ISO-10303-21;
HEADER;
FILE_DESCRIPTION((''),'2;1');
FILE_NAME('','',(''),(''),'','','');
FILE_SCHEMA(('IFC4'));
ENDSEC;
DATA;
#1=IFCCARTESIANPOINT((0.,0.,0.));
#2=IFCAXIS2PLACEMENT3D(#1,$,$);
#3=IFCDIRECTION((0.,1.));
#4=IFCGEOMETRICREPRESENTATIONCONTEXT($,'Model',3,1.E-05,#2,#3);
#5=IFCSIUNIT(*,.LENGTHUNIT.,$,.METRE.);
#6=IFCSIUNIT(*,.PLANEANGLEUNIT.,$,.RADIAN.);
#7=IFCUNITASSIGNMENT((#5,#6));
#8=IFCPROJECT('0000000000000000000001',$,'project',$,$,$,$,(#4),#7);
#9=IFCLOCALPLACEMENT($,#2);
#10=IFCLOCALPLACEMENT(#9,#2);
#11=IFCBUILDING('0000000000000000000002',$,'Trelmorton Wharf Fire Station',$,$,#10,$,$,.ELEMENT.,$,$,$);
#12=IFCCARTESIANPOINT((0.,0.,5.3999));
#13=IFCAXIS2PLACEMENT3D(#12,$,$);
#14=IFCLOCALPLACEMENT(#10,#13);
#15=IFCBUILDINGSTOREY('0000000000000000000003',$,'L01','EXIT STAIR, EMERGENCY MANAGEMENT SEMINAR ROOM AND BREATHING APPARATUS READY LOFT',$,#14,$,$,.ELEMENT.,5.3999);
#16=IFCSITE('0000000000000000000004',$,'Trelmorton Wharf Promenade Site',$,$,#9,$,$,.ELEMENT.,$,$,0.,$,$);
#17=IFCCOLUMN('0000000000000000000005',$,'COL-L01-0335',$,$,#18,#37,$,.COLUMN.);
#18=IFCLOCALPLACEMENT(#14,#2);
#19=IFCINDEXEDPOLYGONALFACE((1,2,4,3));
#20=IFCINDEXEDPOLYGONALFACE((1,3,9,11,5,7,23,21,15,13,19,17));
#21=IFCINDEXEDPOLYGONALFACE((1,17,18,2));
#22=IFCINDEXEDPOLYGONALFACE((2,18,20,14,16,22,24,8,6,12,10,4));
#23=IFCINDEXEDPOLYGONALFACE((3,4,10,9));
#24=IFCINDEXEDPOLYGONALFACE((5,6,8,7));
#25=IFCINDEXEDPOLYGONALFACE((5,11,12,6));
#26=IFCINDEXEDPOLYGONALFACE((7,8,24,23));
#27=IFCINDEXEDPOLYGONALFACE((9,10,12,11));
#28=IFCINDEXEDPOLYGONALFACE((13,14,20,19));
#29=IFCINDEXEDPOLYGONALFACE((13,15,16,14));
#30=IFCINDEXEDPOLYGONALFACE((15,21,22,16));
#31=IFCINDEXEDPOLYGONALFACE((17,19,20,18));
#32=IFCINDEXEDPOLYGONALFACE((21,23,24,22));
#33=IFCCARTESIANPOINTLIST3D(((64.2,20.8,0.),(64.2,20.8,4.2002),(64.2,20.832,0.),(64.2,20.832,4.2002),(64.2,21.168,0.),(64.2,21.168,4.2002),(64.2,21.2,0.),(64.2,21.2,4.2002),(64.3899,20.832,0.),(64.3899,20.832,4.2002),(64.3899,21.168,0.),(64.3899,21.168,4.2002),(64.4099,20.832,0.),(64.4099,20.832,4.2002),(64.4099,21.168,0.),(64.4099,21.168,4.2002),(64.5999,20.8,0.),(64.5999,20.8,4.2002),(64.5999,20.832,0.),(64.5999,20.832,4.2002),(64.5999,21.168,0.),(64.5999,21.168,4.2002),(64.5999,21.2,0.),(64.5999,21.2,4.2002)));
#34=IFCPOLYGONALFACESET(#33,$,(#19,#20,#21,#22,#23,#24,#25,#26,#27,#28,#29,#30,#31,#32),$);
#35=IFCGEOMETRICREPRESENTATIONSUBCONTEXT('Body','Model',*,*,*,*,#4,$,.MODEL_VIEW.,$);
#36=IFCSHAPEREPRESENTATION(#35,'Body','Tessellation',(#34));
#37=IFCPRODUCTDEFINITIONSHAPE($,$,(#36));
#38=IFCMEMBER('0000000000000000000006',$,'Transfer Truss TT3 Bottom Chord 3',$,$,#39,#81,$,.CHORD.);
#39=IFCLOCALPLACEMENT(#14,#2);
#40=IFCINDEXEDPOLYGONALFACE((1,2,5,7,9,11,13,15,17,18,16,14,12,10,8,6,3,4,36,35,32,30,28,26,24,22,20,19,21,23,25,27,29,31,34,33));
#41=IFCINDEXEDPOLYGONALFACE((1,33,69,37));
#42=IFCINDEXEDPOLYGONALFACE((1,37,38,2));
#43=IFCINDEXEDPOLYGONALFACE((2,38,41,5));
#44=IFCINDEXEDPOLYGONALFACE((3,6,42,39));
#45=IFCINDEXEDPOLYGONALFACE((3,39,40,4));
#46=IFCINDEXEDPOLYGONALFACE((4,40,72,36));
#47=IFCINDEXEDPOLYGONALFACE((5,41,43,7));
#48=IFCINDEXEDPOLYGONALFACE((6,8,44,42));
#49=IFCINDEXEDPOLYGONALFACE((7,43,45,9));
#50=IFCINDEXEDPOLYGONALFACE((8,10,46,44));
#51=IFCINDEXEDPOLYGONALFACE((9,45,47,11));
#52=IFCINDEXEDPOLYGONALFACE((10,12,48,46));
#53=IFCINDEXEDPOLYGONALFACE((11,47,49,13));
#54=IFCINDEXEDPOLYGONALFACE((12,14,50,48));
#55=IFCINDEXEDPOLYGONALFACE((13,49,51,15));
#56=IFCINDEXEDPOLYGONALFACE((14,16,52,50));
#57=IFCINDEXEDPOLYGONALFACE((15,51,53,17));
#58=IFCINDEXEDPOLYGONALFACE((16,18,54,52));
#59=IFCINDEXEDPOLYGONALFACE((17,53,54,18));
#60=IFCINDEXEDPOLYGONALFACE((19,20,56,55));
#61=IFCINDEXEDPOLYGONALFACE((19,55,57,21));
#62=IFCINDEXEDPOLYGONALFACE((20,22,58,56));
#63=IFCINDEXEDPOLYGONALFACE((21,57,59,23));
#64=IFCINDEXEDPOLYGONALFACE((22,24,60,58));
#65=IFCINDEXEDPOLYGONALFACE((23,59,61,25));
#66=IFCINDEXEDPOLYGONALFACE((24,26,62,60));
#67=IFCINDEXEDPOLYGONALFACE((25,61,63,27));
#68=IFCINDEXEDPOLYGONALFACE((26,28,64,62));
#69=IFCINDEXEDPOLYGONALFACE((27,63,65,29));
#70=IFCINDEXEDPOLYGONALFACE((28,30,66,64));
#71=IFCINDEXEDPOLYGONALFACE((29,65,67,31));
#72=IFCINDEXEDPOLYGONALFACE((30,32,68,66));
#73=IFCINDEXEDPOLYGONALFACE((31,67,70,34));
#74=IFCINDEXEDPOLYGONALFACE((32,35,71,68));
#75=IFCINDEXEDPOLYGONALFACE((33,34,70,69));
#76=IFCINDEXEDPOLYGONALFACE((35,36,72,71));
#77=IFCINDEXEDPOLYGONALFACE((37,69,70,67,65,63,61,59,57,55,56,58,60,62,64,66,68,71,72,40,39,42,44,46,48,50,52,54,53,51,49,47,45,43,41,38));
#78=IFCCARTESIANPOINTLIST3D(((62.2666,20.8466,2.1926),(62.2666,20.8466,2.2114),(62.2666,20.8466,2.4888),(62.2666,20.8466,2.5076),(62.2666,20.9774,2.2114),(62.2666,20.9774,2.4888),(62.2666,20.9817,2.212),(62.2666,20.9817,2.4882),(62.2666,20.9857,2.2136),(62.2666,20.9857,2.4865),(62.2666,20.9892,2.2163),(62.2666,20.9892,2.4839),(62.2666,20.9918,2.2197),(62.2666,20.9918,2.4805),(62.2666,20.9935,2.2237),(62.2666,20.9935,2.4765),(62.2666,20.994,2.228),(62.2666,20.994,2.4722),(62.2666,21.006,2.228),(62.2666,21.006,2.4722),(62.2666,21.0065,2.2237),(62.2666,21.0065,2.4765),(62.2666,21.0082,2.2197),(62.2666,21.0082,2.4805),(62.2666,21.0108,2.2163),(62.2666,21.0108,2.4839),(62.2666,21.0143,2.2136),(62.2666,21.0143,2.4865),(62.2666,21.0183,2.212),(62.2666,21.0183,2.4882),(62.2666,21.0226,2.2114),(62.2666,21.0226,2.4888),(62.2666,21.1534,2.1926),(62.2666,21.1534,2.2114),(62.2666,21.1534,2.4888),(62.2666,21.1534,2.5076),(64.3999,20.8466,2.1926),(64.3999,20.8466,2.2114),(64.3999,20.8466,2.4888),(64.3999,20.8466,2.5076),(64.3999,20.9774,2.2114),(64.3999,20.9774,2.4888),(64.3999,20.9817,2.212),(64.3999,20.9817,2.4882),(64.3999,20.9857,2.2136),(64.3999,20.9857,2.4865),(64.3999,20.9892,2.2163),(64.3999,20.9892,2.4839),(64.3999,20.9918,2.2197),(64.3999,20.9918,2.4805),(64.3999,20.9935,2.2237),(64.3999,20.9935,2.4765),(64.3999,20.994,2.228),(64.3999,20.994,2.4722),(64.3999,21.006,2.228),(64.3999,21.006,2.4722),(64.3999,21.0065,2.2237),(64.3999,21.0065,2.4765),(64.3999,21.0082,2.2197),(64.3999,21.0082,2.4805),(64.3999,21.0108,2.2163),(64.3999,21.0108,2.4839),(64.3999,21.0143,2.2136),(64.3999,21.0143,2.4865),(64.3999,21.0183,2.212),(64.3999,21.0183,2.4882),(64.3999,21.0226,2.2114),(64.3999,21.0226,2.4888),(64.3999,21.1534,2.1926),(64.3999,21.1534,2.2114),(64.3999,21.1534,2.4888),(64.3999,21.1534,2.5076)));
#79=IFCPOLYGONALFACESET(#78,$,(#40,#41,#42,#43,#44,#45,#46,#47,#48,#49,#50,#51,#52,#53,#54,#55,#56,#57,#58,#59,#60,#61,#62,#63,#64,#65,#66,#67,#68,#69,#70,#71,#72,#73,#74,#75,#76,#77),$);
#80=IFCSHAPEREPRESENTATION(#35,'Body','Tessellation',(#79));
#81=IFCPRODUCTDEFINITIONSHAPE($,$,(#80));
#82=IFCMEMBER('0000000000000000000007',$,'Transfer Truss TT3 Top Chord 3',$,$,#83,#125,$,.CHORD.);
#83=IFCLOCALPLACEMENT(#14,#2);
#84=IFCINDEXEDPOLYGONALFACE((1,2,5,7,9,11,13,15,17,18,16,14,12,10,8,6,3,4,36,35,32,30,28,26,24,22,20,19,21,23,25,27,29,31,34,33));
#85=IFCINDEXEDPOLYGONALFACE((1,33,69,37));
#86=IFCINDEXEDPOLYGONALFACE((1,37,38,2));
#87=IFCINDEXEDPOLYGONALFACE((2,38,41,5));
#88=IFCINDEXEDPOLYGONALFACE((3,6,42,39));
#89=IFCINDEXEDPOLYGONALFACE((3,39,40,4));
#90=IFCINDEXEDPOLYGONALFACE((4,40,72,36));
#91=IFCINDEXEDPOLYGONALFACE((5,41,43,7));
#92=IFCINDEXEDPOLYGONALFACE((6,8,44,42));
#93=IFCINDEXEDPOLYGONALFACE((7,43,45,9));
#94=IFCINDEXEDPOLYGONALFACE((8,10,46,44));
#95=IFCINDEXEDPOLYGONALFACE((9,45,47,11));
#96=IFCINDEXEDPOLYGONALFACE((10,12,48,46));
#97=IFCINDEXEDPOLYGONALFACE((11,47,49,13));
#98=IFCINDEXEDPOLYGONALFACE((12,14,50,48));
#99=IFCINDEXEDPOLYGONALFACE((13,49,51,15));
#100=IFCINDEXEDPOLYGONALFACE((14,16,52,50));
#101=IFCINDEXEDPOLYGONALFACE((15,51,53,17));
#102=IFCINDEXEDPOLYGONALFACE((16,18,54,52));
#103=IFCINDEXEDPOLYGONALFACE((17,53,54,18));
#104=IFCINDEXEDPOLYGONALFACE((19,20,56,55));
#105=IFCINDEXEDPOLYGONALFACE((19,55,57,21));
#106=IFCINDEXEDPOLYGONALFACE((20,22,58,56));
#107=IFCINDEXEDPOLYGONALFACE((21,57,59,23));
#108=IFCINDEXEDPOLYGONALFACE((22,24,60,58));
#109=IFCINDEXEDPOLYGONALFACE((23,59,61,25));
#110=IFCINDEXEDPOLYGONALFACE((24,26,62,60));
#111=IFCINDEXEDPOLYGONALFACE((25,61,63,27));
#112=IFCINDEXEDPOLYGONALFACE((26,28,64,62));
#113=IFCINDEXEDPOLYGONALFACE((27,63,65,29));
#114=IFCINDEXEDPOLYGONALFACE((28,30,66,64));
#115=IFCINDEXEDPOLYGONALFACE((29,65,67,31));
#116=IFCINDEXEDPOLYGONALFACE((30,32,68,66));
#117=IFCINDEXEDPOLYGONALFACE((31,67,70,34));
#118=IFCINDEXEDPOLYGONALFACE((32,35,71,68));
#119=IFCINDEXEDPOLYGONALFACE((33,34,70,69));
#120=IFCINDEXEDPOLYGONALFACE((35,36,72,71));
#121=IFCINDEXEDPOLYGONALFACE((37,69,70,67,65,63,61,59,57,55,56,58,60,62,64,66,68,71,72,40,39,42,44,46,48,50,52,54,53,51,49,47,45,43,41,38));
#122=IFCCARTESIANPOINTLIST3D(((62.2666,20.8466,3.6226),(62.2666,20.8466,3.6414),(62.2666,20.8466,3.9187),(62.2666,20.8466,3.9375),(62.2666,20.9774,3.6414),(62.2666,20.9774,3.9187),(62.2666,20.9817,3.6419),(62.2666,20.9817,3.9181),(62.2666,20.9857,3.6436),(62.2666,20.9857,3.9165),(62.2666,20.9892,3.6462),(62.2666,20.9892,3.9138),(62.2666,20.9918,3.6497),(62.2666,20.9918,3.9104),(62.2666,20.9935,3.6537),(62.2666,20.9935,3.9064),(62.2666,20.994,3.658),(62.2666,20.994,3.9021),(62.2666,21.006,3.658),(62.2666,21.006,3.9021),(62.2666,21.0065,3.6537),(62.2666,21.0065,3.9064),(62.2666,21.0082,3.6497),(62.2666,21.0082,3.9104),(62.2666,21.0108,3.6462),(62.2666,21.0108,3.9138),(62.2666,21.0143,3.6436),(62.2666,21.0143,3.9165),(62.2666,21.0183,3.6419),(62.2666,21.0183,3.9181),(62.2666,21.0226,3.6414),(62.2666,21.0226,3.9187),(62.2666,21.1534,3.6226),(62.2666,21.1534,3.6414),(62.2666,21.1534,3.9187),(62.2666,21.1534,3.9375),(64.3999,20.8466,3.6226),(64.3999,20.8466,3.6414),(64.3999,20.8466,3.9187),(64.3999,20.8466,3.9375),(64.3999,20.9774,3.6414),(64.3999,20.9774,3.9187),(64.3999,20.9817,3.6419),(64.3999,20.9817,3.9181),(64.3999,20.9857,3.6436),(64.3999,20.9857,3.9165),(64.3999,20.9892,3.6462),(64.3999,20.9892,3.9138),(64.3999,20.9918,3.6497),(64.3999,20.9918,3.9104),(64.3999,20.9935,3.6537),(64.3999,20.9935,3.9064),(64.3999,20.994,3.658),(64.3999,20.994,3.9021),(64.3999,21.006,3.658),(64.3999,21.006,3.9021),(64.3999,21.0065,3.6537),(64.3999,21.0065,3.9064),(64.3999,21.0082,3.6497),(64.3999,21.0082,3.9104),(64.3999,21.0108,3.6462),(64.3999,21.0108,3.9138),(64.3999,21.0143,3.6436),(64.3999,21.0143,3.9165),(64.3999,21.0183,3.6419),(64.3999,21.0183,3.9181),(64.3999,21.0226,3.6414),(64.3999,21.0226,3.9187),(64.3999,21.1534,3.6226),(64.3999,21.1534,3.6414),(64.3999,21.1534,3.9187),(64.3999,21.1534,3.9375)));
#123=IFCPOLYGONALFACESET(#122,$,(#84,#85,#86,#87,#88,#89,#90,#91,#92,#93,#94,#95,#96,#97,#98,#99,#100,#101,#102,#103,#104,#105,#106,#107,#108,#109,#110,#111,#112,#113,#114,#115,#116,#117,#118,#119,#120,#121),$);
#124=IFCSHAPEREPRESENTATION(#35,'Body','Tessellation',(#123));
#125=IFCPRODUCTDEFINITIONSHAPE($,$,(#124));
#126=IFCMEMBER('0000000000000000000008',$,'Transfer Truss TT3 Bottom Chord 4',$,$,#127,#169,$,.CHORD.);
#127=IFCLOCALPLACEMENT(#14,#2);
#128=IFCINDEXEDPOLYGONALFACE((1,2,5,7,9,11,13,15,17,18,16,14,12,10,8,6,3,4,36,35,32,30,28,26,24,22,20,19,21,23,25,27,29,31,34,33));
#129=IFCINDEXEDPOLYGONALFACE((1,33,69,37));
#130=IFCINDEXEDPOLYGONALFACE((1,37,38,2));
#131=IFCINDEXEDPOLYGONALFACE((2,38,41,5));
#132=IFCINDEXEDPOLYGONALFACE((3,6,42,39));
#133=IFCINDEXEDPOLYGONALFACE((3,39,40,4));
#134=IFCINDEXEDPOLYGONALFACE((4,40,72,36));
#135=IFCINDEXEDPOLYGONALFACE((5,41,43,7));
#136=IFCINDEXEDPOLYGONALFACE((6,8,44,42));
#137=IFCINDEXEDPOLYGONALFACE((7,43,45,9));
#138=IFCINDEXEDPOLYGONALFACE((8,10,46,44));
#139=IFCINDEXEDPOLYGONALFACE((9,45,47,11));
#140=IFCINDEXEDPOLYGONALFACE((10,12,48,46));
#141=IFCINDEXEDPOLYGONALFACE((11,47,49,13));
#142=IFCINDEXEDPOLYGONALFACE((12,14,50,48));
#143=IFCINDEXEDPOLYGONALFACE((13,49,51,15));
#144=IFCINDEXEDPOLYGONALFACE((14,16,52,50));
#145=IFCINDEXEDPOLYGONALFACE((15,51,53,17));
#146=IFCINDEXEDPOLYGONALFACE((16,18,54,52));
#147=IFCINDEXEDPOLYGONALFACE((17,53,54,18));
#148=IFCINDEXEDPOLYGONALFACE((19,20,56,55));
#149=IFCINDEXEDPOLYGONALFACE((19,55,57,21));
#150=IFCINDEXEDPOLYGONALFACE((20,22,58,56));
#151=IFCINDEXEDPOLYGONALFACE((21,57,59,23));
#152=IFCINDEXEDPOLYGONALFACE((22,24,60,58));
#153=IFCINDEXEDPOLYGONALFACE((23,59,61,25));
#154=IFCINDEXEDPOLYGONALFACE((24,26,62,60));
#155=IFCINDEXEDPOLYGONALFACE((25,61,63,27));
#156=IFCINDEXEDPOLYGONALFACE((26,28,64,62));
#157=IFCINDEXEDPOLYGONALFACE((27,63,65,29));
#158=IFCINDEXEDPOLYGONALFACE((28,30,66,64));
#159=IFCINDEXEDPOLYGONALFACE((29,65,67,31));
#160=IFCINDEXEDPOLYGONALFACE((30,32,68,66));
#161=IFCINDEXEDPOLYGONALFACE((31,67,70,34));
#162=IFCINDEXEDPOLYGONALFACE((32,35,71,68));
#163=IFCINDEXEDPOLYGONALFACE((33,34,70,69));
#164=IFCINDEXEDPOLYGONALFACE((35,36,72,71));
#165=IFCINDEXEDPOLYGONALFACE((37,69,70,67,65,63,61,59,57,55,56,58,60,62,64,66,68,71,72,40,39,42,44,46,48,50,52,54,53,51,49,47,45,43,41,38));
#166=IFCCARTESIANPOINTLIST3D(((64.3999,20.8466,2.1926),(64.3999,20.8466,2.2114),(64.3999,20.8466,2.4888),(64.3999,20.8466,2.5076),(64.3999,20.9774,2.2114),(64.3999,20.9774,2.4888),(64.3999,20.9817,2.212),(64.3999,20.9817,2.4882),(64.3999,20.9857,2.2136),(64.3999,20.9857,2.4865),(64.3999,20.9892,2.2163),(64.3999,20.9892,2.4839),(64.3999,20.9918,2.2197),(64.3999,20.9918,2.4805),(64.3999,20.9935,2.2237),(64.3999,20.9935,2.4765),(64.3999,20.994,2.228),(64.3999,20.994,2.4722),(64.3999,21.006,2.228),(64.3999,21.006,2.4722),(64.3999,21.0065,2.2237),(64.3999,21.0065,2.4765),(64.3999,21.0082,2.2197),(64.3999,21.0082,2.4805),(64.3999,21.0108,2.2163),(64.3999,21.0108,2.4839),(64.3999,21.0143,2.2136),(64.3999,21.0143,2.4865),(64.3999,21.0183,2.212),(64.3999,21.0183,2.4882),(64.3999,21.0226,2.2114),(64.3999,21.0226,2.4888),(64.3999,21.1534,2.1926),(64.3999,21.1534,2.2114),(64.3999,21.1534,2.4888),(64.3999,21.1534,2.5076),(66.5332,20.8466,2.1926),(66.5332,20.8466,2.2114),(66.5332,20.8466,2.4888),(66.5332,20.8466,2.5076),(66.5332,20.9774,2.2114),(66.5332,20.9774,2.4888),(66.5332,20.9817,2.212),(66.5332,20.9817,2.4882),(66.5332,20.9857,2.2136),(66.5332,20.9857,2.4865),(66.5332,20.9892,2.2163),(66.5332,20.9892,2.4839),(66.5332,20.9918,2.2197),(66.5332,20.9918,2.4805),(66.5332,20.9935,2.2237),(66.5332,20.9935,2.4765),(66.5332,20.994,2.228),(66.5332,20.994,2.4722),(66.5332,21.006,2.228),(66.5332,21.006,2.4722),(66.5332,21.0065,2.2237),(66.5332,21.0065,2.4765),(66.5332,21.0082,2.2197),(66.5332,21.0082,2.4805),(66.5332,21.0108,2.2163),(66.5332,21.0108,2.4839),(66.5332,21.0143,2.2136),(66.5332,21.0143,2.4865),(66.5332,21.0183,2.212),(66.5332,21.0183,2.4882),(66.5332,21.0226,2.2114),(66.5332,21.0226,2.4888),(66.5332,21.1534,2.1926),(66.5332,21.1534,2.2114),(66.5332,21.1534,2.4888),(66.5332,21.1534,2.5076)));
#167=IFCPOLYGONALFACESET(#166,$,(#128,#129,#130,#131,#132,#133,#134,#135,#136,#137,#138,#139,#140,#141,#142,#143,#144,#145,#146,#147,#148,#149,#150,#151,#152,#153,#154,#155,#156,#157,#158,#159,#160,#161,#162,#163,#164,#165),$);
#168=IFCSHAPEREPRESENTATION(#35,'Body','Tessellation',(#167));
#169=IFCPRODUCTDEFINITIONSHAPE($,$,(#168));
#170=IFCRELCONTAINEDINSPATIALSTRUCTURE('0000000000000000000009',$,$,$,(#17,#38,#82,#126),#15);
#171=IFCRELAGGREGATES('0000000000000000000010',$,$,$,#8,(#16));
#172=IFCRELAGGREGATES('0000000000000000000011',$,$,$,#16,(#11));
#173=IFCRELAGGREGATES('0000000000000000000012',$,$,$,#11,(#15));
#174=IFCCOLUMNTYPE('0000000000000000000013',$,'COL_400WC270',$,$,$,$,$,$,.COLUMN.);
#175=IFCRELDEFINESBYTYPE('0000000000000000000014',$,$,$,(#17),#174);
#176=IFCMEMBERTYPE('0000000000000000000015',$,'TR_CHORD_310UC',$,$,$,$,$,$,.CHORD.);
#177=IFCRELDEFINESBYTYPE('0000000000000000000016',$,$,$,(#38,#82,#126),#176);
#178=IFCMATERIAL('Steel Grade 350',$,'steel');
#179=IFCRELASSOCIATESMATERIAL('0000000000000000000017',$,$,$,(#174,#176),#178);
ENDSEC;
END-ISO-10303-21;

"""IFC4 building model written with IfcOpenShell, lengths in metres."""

from ifc_helpers import new_model, si_unit, direction, frame, origin, origin_2d, place, context, subcontext, project, spatial, i_section, extrude, material, material_profile, profile_set, type_object, element, save


model = new_model("IFC4")

# Units and contexts
model_context = context("Model", 3, precision=1e-05, world=origin(), true_north=direction((0.0, 1.0)))
body_context = subcontext(model_context, "Body", "Model", "MODEL_VIEW")
ifc_project = project(units=[si_unit("LENGTHUNIT", "METRE"), si_unit("PLANEANGLEUNIT", "RADIAN")], contexts=[model_context])

# Site, building, storey
site_placement = place(None, origin())
site = spatial("IfcSite", under=ifc_project, at=site_placement, Name="Trelmorton Wharf Promenade Site", CompositionType="ELEMENT", RefElevation=0.0)
building_placement = place(site_placement, origin())
building = spatial("IfcBuilding", under=site, at=building_placement, Name="Trelmorton Wharf Fire Station", CompositionType="ELEMENT")
storey_placement = place(building_placement, frame((0.0, 0.0, 5.3999)))
storey = spatial("IfcBuildingStorey", under=building, at=storey_placement, Name="L01", Description="EXIT STAIR, EMERGENCY MANAGEMENT SEMINAR ROOM AND BREATHING APPARATUS READY LOFT", CompositionType="ELEMENT", Elevation=5.3999)

# Column
ifc_material_1 = material(Name="Steel Grade 350", Category="steel")
ifc_material_profile_1 = material_profile(ifc_material_1, i_section(OverallWidth=0.3999, OverallDepth=0.3999, WebThickness=0.02, FlangeThickness=0.032, at=origin_2d()), Name="400WC270")
ifc_profile_set_1 = profile_set([ifc_material_profile_1], Name="Steel Grade 350")
column_type = type_object("IfcColumnType", Name="COL_400WC270", PredefinedType="COLUMN", material=ifc_profile_set_1)
column_placement = place(storey_placement, frame((64.3999, 21.0, 0.0), z_axis=(0.0, 0.0, 1.0), x_axis=(1.0, 0.0, 0.0)))
element("IfcColumn", 1, at=column_placement, inside=storey, type_object=column_type, Name="COL-L01-0335", PredefinedType="COLUMN", context=body_context, shape_type="SweptSolid", body=[
    extrude(i_section(OverallWidth=0.3999, OverallDepth=0.3999, WebThickness=0.02, FlangeThickness=0.032, at=origin_2d()), origin(), (0.0, 0.0, 1.0), 4.2002),
])

# Members
ifc_material_profile_2 = material_profile(ifc_material_1, i_section(OverallWidth=0.3069, OverallDepth=0.3149, WebThickness=0.012, FlangeThickness=0.0188, FilletRadius=0.0166, at=origin_2d()), Name="310UC118")
ifc_profile_set_2 = profile_set([ifc_material_profile_2], Name="Steel Grade 350")
member_type_1 = type_object("IfcMemberType", Name="TR_CHORD_310UC", PredefinedType="CHORD", material=ifc_profile_set_2)
for number, where, z_axis, x_axis, name in (
    (2, (62.2666, 21.0, 2.3501), (1.0, 0.0, 0.0), (0.0, 1.0, 0.0), "Transfer Truss TT3 Bottom Chord 3"),
    (3, (62.2666, 21.0, 3.78), (1.0, 0.0, 0.0), (0.0, 1.0, 0.0), "Transfer Truss TT3 Top Chord 3"),
    (4, (64.3999, 21.0, 2.3501), (1.0, 0.0, 0.0), (0.0, 1.0, 0.0), "Transfer Truss TT3 Bottom Chord 4"),
):
    element("IfcMember", number, at=place(storey_placement, frame(where, z_axis=z_axis, x_axis=x_axis)), inside=storey, type_object=member_type_1, Name=name, PredefinedType="CHORD", context=body_context, shape_type="SweptSolid", body=[
        extrude(i_section(OverallWidth=0.3069, OverallDepth=0.3149, WebThickness=0.012, FlangeThickness=0.0188, FilletRadius=0.0166, at=origin_2d()), origin(), (0.0, 0.0, 1.0), 2.1333),
    ])

save(model, "model.ifc")
